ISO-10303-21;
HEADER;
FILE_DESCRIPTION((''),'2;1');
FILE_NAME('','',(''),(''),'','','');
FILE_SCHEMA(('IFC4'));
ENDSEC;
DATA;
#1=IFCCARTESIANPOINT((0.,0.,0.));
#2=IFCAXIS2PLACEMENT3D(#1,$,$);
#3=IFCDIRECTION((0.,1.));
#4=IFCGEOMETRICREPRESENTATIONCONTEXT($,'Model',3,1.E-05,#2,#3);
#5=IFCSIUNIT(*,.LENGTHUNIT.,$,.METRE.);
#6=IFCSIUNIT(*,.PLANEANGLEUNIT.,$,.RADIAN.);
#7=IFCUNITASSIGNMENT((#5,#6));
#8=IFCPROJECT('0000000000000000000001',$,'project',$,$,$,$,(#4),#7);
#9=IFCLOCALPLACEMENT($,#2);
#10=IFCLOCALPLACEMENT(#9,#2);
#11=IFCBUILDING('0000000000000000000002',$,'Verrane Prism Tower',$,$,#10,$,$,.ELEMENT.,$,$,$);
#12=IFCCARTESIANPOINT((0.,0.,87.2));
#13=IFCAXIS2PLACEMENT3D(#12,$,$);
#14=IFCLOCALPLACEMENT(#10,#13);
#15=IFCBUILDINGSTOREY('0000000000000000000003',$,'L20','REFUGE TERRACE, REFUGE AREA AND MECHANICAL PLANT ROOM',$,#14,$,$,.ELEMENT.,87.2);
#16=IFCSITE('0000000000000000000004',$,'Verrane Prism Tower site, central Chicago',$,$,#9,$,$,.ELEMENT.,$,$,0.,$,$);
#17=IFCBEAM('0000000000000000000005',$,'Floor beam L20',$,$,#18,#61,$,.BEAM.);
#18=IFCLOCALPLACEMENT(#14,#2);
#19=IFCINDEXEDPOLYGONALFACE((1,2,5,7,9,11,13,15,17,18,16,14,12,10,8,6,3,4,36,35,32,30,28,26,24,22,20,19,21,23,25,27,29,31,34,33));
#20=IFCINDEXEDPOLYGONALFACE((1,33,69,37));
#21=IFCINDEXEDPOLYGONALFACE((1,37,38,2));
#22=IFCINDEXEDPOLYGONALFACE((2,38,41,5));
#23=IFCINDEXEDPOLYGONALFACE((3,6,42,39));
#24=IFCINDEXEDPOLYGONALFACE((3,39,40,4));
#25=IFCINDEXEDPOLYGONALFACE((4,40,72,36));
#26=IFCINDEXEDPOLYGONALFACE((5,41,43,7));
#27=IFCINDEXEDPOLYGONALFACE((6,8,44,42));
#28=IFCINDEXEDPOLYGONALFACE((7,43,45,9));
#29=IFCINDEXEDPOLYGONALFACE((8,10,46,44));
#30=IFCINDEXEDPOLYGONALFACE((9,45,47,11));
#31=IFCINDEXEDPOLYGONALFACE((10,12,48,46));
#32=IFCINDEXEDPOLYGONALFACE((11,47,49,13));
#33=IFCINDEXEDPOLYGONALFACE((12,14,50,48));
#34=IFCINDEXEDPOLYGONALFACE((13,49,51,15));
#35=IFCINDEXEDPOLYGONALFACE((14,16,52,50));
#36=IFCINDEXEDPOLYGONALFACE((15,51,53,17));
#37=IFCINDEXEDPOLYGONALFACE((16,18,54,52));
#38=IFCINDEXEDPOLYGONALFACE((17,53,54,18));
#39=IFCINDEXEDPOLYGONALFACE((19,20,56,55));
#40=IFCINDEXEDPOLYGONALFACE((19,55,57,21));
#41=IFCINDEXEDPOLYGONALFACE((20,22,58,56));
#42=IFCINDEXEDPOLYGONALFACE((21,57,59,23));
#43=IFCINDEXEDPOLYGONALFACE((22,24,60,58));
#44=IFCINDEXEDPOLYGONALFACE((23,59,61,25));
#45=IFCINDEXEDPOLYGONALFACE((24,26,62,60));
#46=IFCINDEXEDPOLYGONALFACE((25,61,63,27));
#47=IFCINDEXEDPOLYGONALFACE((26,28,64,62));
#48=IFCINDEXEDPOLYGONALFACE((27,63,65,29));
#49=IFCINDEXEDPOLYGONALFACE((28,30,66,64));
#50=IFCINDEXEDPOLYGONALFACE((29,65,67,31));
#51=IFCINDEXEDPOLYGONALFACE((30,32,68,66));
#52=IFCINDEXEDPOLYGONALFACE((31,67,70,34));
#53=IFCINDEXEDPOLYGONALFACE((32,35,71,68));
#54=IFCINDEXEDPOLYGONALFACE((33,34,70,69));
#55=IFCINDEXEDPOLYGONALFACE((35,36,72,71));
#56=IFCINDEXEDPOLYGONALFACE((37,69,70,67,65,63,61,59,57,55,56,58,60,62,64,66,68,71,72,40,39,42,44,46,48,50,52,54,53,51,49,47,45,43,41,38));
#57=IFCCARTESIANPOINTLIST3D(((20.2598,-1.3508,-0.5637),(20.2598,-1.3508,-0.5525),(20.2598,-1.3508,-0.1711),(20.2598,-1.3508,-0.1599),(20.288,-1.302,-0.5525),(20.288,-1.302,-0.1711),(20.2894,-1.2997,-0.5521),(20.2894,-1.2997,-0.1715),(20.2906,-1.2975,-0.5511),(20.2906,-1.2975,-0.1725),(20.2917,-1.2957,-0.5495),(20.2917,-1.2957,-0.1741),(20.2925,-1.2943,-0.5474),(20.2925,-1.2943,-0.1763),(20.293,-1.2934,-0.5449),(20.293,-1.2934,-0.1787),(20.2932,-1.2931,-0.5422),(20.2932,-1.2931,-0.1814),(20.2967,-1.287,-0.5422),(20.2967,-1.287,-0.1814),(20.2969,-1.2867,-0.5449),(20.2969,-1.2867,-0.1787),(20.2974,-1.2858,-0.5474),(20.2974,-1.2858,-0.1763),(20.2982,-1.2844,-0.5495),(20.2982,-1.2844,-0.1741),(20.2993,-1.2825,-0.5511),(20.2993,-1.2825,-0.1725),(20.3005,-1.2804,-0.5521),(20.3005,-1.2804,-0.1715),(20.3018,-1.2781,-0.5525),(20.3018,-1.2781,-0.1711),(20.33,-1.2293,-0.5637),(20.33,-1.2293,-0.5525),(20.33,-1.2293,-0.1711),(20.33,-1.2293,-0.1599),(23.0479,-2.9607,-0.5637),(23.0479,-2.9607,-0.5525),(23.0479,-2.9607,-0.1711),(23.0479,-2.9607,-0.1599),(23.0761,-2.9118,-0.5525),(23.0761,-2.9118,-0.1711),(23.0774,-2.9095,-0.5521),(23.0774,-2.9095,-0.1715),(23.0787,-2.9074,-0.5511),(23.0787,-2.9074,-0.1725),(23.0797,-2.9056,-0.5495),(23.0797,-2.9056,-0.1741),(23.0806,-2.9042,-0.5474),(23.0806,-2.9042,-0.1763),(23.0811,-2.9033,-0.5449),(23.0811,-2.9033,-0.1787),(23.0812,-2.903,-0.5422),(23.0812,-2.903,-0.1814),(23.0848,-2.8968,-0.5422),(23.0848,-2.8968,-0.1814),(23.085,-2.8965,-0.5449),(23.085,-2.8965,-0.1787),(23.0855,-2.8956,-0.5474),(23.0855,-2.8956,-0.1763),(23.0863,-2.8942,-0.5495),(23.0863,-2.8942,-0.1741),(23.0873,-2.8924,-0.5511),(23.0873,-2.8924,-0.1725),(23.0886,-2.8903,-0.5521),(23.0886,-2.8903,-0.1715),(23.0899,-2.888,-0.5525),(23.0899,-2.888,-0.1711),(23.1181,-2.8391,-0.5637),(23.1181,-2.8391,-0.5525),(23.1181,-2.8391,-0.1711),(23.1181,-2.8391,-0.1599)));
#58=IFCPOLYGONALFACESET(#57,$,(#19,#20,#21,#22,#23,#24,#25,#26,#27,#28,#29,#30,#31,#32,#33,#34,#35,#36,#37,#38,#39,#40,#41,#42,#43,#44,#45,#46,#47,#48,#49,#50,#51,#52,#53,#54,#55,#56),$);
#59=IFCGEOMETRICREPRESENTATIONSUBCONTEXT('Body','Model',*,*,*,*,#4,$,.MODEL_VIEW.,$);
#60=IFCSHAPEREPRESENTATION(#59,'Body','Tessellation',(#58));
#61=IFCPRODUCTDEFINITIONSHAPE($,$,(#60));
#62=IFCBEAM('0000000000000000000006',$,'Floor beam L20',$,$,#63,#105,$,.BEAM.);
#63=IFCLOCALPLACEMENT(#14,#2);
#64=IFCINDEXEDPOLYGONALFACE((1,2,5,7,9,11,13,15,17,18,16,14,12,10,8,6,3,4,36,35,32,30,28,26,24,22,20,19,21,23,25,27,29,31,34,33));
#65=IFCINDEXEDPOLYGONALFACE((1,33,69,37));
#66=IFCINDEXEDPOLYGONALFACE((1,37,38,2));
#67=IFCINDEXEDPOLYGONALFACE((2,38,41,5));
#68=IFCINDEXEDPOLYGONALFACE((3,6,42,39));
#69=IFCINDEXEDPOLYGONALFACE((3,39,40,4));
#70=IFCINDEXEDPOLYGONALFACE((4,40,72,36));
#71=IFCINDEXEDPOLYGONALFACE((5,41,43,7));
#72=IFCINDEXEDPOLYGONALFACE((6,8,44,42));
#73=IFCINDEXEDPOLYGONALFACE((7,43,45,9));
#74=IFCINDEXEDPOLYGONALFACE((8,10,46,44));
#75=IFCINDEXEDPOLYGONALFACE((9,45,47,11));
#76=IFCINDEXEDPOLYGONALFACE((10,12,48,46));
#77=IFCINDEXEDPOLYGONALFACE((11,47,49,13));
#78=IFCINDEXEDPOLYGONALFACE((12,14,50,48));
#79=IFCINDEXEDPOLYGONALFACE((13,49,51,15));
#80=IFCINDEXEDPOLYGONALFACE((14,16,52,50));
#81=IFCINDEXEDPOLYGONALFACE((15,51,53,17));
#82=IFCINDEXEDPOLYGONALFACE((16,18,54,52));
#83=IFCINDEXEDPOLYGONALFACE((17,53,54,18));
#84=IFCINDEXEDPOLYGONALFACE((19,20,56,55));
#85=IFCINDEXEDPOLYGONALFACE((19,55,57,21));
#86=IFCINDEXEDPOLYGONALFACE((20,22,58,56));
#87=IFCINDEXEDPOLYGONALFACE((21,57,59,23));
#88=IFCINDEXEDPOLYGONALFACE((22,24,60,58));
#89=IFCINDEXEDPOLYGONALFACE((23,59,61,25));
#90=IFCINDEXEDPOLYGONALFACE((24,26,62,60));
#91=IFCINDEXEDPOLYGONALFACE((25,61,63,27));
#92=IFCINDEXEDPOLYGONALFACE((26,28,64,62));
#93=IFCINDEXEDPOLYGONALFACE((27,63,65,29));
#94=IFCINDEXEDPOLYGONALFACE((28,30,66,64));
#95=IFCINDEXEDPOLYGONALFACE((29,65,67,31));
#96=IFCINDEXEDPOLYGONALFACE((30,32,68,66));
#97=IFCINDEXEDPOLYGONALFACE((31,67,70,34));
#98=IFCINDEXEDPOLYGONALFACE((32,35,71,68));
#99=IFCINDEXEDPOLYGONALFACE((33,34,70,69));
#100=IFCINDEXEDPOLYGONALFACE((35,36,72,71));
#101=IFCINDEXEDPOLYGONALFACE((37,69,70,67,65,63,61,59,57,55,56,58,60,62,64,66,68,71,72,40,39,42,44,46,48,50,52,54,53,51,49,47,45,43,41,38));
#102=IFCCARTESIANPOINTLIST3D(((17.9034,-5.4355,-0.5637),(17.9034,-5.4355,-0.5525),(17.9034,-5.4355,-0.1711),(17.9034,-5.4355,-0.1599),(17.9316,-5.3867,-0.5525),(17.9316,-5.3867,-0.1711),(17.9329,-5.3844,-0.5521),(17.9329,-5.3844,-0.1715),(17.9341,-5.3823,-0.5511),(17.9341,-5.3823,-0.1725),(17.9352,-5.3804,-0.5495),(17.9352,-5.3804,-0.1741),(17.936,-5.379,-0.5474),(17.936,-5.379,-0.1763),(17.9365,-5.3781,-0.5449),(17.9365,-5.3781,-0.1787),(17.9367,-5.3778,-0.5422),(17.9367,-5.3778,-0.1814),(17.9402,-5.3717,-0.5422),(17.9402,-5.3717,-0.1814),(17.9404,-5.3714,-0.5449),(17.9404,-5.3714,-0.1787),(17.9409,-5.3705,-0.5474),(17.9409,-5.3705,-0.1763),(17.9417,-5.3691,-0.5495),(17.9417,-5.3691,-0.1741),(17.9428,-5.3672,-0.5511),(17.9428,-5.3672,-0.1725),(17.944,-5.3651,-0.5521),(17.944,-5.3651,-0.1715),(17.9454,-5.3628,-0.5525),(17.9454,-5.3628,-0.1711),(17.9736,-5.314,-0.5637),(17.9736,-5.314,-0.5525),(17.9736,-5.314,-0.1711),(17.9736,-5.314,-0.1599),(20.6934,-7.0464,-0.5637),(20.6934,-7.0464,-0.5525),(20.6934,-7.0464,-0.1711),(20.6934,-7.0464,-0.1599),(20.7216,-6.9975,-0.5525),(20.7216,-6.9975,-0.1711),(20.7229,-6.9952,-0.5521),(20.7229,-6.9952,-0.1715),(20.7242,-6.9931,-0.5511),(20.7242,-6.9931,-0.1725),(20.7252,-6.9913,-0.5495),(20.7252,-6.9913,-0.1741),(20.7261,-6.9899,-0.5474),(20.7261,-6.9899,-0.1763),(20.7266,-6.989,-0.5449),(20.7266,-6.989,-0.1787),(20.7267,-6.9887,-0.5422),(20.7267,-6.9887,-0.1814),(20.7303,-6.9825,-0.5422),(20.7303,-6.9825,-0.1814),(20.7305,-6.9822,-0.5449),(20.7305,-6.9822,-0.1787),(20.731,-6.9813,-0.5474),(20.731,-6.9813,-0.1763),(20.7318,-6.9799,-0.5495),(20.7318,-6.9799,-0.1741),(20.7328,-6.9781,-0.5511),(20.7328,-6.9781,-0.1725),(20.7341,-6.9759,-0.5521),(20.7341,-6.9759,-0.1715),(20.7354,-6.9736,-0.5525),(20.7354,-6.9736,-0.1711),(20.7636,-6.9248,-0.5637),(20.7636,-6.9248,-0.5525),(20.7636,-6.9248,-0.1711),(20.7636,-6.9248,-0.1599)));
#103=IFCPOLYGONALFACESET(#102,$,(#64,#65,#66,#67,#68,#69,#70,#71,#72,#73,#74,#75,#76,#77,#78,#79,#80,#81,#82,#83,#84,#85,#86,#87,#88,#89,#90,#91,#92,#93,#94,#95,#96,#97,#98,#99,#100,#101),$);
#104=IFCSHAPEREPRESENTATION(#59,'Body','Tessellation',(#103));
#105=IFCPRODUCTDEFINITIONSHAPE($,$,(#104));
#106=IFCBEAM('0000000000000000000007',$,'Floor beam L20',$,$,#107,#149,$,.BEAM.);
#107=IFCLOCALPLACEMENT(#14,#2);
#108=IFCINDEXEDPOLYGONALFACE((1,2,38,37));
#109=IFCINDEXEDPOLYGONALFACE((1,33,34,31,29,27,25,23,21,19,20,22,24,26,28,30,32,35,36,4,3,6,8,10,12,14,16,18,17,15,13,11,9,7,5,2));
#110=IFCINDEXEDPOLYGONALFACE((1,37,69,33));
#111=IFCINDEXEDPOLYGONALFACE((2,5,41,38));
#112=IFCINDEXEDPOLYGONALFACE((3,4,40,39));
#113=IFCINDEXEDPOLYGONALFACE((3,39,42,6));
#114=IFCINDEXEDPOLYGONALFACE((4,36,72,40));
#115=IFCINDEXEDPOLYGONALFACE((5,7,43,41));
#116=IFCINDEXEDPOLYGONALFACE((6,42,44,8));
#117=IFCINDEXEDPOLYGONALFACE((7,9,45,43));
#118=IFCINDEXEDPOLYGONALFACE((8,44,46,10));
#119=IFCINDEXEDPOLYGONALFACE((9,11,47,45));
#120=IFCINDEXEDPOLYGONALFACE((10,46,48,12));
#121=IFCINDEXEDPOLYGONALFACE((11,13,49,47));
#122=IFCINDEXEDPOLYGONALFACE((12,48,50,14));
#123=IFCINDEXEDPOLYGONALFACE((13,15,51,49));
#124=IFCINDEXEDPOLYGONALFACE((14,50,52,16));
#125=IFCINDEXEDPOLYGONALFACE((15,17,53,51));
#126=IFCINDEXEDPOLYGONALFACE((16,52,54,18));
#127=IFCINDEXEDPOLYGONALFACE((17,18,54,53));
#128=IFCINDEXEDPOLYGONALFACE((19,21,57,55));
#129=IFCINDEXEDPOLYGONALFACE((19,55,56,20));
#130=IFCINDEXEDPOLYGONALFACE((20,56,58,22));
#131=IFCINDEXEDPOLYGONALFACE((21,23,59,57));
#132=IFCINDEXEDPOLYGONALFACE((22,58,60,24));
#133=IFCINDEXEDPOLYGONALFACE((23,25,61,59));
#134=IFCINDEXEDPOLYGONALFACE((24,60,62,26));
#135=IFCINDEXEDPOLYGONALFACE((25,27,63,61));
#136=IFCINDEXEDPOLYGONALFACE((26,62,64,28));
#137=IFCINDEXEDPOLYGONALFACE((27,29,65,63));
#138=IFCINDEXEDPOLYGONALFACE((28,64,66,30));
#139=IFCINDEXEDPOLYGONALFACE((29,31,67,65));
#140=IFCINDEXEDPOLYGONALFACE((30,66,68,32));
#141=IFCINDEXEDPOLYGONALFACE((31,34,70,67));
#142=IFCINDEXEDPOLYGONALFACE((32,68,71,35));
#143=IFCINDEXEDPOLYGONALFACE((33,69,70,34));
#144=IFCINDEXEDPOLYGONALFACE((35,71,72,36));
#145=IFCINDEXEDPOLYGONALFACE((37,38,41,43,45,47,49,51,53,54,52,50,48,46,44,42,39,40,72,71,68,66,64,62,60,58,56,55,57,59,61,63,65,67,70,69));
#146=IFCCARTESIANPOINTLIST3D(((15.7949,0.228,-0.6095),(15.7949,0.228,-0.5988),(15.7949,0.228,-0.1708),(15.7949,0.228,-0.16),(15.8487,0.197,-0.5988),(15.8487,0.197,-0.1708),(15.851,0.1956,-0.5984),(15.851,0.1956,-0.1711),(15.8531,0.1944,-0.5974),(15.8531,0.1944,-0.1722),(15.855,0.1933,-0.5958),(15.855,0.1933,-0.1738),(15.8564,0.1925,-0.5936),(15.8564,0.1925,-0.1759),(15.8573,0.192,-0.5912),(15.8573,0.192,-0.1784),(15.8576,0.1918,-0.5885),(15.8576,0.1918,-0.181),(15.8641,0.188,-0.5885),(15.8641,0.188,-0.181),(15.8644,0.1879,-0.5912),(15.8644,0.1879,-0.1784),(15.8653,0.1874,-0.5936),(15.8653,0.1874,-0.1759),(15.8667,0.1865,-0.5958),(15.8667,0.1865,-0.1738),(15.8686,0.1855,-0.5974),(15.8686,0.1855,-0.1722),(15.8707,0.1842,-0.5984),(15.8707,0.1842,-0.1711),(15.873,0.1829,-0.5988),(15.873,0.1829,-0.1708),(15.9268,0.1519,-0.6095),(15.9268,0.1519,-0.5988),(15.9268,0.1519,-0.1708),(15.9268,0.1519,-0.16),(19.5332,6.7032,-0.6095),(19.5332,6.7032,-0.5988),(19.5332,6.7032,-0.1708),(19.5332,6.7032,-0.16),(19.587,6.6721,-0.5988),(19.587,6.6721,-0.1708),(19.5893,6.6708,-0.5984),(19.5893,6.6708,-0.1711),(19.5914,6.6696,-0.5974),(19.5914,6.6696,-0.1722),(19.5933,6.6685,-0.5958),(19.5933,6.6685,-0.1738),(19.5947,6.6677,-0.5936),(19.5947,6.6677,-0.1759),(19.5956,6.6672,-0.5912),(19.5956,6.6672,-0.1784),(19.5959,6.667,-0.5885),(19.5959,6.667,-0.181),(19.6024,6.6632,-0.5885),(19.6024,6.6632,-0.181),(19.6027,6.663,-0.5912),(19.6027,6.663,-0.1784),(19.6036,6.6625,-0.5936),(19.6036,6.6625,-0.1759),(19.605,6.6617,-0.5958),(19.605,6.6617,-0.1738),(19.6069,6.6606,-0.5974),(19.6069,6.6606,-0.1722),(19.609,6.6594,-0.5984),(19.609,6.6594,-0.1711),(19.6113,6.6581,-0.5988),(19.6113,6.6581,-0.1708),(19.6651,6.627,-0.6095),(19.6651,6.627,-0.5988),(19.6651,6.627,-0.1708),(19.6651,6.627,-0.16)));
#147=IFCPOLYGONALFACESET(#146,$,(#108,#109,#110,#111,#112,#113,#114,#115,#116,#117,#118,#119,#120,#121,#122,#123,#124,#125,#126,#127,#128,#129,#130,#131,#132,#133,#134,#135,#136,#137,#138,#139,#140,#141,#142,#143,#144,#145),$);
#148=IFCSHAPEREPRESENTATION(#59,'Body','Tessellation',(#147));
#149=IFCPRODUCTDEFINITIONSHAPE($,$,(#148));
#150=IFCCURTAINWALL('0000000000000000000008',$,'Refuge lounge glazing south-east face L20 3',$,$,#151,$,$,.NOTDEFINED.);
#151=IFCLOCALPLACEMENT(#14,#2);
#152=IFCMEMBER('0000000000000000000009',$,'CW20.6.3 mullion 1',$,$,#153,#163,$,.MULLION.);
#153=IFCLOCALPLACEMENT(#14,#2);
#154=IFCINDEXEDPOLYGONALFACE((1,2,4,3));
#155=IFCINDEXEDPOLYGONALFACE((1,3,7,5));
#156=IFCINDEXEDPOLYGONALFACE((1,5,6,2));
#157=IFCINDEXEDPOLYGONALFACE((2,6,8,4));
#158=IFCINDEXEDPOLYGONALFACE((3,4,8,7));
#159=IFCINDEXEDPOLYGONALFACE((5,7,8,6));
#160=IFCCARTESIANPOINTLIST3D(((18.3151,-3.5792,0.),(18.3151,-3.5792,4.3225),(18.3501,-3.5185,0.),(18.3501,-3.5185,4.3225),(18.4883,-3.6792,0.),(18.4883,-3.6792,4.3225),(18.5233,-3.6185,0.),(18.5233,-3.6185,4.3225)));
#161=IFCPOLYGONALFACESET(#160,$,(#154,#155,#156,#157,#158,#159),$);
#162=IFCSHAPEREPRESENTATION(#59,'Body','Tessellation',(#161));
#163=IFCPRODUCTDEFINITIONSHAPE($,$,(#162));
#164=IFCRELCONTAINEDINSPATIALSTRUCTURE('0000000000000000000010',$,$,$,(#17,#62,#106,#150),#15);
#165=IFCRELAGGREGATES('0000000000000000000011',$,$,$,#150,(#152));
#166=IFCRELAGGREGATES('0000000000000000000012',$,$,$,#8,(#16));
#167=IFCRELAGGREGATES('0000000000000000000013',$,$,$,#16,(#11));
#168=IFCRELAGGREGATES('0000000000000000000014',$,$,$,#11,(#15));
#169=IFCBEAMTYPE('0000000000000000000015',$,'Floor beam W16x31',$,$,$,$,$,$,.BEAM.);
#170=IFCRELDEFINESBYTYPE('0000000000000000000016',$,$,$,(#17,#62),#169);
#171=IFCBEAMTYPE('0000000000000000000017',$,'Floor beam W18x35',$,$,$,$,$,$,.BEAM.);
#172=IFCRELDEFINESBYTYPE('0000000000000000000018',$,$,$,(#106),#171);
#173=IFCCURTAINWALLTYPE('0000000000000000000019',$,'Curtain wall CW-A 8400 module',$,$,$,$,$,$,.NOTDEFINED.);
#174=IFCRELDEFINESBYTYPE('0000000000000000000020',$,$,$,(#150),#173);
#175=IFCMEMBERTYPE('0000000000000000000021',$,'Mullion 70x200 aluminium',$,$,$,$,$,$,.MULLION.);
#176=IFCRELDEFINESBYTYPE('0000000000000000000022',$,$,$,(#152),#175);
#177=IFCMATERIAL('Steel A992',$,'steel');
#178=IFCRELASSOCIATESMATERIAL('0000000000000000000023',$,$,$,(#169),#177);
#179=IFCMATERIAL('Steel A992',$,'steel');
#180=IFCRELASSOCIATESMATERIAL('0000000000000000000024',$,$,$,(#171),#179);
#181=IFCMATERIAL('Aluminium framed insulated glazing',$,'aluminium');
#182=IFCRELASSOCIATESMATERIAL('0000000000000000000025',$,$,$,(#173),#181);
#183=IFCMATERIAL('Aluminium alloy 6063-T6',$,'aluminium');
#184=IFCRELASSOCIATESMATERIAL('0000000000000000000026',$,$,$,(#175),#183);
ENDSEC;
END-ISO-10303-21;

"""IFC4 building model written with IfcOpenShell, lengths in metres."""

from ifc_helpers import new_model, si_unit, direction, frame, origin, origin_2d, place, context, subcontext, project, spatial, rectangle, i_section, extrude, material, material_profile, profile_set, type_object, element, aggregate, save


model = new_model("IFC4")

# Units and contexts
model_context = context("Model", 3, precision=1e-05, world=origin(), true_north=direction((0.0, 1.0)))
body_context = subcontext(model_context, "Body", "Model", "MODEL_VIEW")
ifc_project = project(units=[si_unit("LENGTHUNIT", "METRE"), si_unit("PLANEANGLEUNIT", "RADIAN")], contexts=[model_context])

# Site, building, storey
site_placement = place(None, origin())
site = spatial("IfcSite", under=ifc_project, at=site_placement, Name="Verrane Prism Tower site, central Chicago", CompositionType="ELEMENT", RefElevation=0.0)
building_placement = place(site_placement, origin())
building = spatial("IfcBuilding", under=site, at=building_placement, Name="Verrane Prism Tower", CompositionType="ELEMENT")
storey_placement = place(building_placement, frame((0.0, 0.0, 87.2)))
storey = spatial("IfcBuildingStorey", under=building, at=storey_placement, Name="L20", Description="REFUGE TERRACE, REFUGE AREA AND MECHANICAL PLANT ROOM", CompositionType="ELEMENT", Elevation=87.2)

# Beams
ifc_material_1 = material(Name="Steel A992", Category="steel")
ifc_material_profile_1 = material_profile(ifc_material_1, i_section(OverallWidth=0.1404, OverallDepth=0.4038, WebThickness=0.0071, FlangeThickness=0.0112, FilletRadius=0.0103, at=origin_2d()), Name="W16x31")
ifc_profile_set_1 = profile_set([ifc_material_profile_1], Name="Steel A992")
beam_type_1 = type_object("IfcBeamType", Name="Floor beam W16x31", PredefinedType="BEAM", material=ifc_profile_set_1)
beam_1_placement = place(storey_placement, frame((23.083, -2.8999, -0.3618), z_axis=(-0.866004, 0.500038, 0.0), x_axis=(-0.500038, -0.866004, 0.0)))
element("IfcBeam", 1, at=beam_1_placement, inside=storey, type_object=beam_type_1, Name="Floor beam L20", PredefinedType="BEAM", context=body_context, shape_type="SweptSolid", body=[
    extrude(i_section(OverallWidth=0.1404, OverallDepth=0.4038, WebThickness=0.0071, FlangeThickness=0.0112, FilletRadius=0.0103, at=origin_2d()), origin(), (0.0, 0.0, 1.0), 3.2195),
])
beam_2_placement = place(storey_placement, frame((20.7285, -6.9856, -0.3618), z_axis=(-0.866024, 0.500002, 0.0), x_axis=(-0.500002, -0.866024, 0.0)))
element("IfcBeam", 2, at=beam_2_placement, inside=storey, type_object=beam_type_1, Name="Floor beam L20", PredefinedType="BEAM", context=body_context, shape_type="SweptSolid", body=[
    extrude(i_section(OverallWidth=0.1404, OverallDepth=0.4038, WebThickness=0.0071, FlangeThickness=0.0112, FilletRadius=0.0103, at=origin_2d()), origin(), (0.0, 0.0, 1.0), 3.2217),
])
ifc_material_2 = material(Name="Steel A992", Category="steel")
ifc_material_profile_2 = material_profile(ifc_material_2, i_section(OverallWidth=0.1523, OverallDepth=0.4495, WebThickness=0.0076, FlangeThickness=0.0107, FilletRadius=0.0103, at=origin_2d()), Name="W18x35")
ifc_profile_set_2 = profile_set([ifc_material_profile_2], Name="Steel A992")
beam_type_2 = type_object("IfcBeamType", Name="Floor beam W18x35", PredefinedType="BEAM", material=ifc_profile_set_2)
beam_3_placement = place(storey_placement, frame((15.8608, 0.1899, -0.3848), z_axis=(0.499988, 0.866032, 0.0), x_axis=(-0.866032, 0.499988, 0.0)))
element("IfcBeam", 3, at=beam_3_placement, inside=storey, type_object=beam_type_2, Name="Floor beam L20", PredefinedType="BEAM", context=body_context, shape_type="SweptSolid", body=[
    extrude(i_section(OverallWidth=0.1523, OverallDepth=0.4495, WebThickness=0.0076, FlangeThickness=0.0107, FilletRadius=0.0103, at=origin_2d()), origin(), (0.0, 0.0, 1.0), 7.4768),
])

# Curtain wall, member
ifc_material_3 = material(Name="Aluminium framed insulated glazing", Category="aluminium")
curtain_wall_type = type_object("IfcCurtainWallType", Name="Curtain wall CW-A 8400 module", PredefinedType="NOTDEFINED", material=ifc_material_3)
curtain_wall_placement = place(storey_placement, origin())
curtain_wall = element("IfcCurtainWall", 4, at=curtain_wall_placement, inside=storey, type_object=curtain_wall_type, Name="Refuge lounge glazing south-east face L20 3", PredefinedType="NOTDEFINED")
ifc_material_4 = material(Name="Aluminium alloy 6063-T6", Category="aluminium")
ifc_material_profile_3 = material_profile(ifc_material_4, rectangle(XDim=0.2, YDim=0.0701, at=origin_2d()), Name="Mullion 70x200 aluminium")
ifc_profile_set_3 = profile_set([ifc_material_profile_3], Name="Aluminium alloy 6063-T6")
member_type_1 = type_object("IfcMemberType", Name="Mullion 70x200 aluminium", PredefinedType="MULLION", material=ifc_profile_set_3)
member_1_placement = place(storey_placement, frame((18.4192, -3.5989, 0.0), z_axis=(0.0, 0.0, 1.0), x_axis=(-0.866027, 0.499998, 0.0)))
member_1 = element("IfcMember", 5, at=member_1_placement, type_object=member_type_1, Name="CW20.6.3 mullion 1", PredefinedType="MULLION", context=body_context, shape_type="SweptSolid", body=[
    extrude(rectangle(XDim=0.2, YDim=0.0701, at=origin_2d()), origin(), (0.0, 0.0, 1.0), 4.3225),
])

aggregate(curtain_wall, [member_1])

save(model, "model.ifc")
